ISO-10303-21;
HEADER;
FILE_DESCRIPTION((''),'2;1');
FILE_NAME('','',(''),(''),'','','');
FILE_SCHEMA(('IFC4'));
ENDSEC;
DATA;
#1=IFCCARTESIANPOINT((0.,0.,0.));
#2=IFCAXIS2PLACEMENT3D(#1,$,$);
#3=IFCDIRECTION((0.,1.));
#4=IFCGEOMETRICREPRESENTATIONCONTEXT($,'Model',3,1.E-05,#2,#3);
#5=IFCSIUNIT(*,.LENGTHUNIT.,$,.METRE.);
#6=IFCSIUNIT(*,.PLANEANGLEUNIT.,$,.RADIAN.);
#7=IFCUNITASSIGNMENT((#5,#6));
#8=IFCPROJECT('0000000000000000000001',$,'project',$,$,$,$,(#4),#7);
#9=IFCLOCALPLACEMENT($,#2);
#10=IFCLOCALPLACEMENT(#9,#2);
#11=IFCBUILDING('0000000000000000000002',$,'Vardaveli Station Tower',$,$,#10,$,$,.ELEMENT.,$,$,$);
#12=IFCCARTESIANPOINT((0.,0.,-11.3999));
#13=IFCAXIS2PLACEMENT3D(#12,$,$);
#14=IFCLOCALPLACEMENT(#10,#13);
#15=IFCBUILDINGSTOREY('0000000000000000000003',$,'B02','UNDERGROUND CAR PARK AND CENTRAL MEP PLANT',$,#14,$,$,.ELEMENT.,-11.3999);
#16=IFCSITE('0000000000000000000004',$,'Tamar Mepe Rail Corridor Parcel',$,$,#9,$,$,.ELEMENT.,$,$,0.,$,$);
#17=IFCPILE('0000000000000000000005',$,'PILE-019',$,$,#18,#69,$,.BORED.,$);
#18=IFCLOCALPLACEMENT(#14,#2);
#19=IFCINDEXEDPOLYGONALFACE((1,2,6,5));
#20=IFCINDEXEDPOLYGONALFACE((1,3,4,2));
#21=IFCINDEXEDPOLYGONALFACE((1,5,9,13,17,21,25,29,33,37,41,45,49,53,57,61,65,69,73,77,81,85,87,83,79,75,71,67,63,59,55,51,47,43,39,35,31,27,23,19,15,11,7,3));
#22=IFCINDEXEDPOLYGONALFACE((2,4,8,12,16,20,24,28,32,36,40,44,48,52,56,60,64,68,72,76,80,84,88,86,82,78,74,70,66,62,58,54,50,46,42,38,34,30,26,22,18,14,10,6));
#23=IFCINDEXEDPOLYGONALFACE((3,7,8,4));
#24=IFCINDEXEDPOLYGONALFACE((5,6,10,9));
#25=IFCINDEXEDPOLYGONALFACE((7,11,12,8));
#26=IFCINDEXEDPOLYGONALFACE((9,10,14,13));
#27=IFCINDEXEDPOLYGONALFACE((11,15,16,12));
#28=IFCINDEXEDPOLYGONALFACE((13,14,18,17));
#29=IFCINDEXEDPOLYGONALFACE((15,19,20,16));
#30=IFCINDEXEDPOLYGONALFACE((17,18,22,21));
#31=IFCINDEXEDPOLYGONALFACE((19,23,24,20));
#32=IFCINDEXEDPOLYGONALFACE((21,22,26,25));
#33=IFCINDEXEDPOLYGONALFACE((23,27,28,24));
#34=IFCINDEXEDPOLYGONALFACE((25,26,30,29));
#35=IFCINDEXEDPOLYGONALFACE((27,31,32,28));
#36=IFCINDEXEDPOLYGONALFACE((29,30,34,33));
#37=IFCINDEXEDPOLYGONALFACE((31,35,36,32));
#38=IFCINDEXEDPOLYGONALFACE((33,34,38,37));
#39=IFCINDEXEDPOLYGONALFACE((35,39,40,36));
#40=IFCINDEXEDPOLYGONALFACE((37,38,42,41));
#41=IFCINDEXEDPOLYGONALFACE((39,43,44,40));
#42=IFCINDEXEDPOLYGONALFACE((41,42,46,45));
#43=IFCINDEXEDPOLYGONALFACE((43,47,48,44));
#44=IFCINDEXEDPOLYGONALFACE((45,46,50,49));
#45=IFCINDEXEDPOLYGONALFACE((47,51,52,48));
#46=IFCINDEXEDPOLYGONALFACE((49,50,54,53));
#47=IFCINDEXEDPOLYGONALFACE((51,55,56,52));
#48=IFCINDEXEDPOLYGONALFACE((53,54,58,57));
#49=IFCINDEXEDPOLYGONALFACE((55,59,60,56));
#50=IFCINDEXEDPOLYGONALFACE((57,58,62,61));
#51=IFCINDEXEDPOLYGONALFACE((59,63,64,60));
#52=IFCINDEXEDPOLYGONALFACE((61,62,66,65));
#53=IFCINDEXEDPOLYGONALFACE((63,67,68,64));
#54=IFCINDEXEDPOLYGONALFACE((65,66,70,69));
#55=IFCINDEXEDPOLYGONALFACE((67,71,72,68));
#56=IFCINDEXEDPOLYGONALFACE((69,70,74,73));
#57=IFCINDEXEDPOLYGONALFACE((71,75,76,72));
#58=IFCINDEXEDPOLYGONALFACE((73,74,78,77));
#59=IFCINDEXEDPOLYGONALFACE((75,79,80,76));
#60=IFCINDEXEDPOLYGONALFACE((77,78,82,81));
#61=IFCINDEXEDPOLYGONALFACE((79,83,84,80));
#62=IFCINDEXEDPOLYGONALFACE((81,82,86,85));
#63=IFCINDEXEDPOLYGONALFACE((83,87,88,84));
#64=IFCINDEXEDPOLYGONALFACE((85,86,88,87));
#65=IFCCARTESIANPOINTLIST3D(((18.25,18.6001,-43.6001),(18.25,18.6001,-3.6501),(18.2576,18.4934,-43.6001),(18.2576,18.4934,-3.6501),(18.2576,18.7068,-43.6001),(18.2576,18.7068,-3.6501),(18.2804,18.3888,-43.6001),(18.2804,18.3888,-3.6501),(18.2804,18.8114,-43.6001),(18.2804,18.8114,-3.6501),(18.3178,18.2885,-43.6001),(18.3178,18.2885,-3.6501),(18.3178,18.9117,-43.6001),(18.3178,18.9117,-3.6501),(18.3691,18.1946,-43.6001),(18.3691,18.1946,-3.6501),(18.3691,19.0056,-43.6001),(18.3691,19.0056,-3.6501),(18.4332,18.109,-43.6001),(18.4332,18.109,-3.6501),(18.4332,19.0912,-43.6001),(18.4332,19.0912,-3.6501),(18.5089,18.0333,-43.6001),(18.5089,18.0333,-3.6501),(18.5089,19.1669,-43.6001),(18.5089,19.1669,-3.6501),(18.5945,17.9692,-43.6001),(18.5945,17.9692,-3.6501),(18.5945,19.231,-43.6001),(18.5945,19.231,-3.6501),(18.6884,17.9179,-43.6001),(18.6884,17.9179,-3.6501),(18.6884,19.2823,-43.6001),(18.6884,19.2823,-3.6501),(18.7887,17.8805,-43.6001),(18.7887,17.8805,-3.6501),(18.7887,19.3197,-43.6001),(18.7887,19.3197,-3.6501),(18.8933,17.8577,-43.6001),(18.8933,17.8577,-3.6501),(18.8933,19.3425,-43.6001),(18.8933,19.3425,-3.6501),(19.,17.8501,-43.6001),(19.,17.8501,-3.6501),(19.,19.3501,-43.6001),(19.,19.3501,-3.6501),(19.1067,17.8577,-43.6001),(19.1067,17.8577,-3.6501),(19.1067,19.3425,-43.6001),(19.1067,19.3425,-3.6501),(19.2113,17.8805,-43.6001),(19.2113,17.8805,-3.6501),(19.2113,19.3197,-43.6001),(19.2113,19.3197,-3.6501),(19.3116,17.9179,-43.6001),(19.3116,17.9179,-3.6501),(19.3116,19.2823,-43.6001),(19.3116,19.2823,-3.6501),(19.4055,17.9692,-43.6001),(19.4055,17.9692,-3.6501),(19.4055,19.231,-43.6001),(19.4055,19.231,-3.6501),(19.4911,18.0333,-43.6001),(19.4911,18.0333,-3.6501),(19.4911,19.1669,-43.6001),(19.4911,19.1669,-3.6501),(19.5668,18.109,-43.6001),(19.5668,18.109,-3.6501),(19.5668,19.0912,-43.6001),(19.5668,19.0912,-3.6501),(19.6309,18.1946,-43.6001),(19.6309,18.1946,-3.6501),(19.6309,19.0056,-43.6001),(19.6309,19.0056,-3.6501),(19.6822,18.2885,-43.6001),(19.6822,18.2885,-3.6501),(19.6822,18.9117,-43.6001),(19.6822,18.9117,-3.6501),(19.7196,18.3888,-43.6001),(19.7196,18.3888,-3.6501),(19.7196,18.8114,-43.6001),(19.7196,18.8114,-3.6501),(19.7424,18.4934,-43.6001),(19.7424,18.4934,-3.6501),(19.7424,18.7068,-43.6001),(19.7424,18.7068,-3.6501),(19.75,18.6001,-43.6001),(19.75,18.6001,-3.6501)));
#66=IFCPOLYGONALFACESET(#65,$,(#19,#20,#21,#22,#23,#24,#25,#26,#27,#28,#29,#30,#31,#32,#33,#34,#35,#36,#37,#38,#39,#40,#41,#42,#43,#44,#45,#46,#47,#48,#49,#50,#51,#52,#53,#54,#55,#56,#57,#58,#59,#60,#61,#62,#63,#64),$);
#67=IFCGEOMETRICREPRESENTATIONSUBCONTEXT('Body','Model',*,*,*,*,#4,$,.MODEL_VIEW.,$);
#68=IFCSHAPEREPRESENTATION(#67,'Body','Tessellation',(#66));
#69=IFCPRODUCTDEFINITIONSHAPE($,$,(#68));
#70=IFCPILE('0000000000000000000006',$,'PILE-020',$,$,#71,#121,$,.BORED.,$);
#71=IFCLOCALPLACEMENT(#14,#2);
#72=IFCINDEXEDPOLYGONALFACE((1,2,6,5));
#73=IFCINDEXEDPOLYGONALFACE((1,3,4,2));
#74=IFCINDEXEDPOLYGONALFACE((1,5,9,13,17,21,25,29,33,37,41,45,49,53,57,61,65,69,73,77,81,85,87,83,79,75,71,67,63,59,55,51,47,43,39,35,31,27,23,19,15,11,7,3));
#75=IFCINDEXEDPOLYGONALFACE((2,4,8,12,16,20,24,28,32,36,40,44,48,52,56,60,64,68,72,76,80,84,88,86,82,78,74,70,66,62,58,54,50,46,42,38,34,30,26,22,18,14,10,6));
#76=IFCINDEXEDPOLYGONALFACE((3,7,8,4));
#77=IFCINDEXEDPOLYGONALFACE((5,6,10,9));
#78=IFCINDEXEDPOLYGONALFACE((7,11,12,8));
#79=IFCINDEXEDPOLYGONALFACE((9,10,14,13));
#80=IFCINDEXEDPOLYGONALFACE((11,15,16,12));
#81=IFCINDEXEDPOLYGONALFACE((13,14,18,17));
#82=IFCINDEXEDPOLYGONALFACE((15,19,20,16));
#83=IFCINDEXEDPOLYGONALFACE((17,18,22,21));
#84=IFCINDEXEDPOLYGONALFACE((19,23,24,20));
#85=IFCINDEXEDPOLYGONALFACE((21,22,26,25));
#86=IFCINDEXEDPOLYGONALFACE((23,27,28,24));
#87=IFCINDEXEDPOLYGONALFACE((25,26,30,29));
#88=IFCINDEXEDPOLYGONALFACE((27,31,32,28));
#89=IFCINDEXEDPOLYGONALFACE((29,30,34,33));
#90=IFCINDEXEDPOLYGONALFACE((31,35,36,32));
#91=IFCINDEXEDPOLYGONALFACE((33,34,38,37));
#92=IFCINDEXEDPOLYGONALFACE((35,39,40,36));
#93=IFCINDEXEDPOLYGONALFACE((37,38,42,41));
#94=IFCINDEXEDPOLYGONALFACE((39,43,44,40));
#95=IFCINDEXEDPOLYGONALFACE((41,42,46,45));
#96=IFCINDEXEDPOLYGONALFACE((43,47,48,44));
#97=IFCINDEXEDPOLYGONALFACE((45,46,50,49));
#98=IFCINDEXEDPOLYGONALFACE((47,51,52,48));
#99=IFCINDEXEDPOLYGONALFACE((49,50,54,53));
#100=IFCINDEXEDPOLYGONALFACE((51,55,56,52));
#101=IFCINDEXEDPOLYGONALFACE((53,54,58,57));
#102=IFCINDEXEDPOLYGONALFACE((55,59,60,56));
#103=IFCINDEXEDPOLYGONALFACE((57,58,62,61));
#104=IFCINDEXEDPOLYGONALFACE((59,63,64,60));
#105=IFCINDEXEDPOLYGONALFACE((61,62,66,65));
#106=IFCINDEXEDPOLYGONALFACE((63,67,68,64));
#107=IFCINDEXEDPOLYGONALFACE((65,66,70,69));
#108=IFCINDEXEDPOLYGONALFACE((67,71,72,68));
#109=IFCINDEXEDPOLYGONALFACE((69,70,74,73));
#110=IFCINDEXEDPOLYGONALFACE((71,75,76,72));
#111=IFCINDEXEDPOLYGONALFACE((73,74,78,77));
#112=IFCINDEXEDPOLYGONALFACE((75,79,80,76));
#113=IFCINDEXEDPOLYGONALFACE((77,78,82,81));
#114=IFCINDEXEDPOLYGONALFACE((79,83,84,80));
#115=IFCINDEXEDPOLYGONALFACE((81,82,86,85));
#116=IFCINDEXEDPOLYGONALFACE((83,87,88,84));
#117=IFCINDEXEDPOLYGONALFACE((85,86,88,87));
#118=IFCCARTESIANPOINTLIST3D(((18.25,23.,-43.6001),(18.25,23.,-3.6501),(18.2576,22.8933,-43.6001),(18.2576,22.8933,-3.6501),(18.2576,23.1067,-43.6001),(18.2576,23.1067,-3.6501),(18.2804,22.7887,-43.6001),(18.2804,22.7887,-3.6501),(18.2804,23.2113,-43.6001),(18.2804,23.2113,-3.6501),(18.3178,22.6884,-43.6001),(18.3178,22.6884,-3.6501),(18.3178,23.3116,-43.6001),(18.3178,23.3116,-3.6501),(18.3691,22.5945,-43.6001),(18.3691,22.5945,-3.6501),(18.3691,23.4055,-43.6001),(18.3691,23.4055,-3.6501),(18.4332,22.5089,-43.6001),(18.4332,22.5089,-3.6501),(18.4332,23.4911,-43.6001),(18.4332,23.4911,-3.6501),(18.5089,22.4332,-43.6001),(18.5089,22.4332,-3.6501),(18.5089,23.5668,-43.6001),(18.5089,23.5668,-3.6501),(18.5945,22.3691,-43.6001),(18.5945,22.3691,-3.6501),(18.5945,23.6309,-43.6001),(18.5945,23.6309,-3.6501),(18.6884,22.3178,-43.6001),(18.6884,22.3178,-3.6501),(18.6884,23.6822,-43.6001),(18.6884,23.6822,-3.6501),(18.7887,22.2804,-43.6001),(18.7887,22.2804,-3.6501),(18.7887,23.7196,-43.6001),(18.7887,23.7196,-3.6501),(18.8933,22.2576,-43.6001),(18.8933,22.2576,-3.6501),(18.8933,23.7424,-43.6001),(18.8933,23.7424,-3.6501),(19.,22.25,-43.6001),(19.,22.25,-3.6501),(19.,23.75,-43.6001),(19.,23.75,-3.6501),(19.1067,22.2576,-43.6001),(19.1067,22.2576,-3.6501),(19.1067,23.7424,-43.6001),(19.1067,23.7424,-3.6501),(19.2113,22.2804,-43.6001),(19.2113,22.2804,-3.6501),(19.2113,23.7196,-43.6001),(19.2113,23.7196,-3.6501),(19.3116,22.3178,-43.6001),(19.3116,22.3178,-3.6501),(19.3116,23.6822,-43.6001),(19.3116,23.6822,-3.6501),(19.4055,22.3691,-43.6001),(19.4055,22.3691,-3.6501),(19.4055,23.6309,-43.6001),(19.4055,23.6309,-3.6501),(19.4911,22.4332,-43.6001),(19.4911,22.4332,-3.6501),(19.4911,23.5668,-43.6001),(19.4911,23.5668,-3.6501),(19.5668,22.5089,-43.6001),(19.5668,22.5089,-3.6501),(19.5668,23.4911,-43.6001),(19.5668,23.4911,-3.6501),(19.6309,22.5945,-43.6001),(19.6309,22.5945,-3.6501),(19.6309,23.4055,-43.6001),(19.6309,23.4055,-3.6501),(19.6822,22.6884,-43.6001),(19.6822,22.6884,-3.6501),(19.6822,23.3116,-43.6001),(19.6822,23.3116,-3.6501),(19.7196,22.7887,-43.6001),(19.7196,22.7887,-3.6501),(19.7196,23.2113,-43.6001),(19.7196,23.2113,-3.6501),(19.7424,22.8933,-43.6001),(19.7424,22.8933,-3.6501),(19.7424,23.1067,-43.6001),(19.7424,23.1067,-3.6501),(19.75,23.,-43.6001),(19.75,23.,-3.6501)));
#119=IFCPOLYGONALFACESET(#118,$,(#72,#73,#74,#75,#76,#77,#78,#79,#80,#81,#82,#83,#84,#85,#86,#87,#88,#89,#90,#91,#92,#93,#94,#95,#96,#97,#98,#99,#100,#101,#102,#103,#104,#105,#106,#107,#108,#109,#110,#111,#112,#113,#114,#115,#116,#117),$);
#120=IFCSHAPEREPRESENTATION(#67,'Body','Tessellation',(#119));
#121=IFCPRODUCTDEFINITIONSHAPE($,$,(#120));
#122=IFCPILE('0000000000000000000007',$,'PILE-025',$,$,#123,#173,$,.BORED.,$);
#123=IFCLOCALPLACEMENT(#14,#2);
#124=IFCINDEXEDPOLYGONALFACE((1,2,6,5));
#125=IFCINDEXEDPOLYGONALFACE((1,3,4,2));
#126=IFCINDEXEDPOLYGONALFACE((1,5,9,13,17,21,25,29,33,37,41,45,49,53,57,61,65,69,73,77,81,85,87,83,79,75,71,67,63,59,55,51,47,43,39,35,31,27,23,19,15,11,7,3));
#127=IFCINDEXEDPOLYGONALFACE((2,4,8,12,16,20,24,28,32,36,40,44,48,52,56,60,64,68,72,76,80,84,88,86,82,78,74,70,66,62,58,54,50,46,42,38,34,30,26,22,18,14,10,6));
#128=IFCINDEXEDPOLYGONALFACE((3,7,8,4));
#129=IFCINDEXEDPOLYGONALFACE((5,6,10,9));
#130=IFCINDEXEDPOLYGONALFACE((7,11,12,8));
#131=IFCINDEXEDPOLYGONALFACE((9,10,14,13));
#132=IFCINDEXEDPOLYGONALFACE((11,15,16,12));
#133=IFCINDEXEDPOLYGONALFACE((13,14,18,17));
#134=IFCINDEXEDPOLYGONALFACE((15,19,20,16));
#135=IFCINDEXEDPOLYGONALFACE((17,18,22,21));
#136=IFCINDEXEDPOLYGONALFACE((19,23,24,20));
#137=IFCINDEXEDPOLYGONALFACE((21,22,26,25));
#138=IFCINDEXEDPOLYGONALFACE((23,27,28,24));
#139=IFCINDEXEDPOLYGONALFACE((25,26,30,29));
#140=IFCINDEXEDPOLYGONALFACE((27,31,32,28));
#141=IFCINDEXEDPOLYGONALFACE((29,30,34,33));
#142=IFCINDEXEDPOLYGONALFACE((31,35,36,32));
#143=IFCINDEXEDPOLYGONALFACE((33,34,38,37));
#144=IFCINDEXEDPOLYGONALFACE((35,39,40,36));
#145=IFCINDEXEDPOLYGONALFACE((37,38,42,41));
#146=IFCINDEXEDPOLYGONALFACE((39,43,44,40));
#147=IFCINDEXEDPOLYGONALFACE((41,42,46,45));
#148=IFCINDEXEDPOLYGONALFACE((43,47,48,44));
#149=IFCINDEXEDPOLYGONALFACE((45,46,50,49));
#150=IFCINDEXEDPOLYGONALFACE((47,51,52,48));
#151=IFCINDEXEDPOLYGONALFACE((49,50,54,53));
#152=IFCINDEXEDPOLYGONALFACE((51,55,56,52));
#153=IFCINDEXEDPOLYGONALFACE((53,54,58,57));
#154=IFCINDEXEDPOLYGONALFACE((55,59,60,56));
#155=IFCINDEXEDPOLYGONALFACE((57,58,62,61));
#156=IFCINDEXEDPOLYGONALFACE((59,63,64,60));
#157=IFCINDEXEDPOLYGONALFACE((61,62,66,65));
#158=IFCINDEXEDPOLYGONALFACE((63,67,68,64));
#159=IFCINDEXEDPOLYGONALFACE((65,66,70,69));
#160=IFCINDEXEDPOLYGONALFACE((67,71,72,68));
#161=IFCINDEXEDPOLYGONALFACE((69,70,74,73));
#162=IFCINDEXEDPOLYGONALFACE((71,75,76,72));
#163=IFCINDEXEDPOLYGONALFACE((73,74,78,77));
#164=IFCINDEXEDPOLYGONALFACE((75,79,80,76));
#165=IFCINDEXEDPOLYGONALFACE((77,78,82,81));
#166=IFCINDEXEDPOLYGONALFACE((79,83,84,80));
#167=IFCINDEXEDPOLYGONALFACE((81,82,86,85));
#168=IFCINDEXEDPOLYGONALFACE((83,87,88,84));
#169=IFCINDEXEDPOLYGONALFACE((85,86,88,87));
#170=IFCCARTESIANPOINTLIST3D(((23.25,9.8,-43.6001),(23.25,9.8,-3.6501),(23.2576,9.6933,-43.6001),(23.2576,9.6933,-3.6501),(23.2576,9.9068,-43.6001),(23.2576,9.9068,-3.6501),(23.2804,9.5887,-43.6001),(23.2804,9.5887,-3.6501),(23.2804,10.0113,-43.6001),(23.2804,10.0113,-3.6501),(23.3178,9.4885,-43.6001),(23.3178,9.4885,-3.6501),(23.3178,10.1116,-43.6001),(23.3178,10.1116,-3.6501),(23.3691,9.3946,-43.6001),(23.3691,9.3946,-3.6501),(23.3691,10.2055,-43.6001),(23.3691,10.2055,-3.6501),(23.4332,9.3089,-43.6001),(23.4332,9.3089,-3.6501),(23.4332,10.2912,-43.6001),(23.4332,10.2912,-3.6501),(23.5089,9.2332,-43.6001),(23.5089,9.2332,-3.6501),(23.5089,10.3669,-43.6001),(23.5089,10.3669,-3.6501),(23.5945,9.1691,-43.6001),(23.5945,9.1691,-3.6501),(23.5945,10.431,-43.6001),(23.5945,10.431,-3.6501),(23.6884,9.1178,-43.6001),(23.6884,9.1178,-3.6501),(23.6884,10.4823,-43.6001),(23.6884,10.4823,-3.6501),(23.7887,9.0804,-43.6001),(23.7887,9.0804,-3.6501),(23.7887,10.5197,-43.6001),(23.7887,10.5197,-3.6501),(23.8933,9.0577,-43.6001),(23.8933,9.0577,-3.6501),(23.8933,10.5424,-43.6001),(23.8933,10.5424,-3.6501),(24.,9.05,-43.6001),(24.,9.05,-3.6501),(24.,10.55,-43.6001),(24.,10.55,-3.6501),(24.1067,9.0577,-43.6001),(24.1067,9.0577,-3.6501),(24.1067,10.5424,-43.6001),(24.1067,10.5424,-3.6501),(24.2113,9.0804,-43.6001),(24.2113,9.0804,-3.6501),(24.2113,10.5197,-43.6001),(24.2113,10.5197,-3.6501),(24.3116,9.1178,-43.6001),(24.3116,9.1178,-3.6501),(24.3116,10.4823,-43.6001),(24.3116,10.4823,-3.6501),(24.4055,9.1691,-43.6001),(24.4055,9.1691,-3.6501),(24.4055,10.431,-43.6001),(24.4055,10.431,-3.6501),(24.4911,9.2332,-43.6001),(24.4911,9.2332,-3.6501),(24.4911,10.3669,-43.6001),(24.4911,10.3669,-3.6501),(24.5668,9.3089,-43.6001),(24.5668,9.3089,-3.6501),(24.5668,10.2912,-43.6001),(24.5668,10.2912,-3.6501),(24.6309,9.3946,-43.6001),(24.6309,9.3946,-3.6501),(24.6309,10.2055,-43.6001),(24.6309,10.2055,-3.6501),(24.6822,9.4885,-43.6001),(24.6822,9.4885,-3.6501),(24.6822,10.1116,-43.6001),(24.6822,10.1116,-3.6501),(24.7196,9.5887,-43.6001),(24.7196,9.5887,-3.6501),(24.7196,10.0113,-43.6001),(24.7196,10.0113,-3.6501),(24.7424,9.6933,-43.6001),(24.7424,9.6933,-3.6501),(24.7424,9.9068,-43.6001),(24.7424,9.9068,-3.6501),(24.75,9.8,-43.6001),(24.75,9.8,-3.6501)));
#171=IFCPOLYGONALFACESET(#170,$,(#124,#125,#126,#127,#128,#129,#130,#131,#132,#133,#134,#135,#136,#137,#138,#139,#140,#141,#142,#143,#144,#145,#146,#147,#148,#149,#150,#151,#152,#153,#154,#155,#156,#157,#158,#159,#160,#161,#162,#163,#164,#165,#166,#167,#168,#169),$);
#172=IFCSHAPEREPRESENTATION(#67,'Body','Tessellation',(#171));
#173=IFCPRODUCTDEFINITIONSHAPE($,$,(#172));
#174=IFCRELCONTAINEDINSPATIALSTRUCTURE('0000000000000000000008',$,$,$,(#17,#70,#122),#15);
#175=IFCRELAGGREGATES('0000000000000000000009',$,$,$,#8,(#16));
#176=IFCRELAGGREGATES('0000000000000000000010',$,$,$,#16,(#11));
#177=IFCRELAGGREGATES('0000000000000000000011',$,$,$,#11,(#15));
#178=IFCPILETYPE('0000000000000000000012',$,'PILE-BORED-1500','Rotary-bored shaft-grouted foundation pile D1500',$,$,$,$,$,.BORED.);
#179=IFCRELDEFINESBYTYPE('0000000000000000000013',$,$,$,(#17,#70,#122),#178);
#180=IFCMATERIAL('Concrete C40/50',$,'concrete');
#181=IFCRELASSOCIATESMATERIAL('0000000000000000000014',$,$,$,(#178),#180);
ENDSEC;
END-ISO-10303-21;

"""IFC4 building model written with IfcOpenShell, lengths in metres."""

from ifc_helpers import new_model, si_unit, direction, frame, origin, origin_2d, place, context, subcontext, project, spatial, circle, extrude, source, transform, mapped, material, material_profile, profile_set, type_object, element, save


model = new_model("IFC4")

# Units and contexts
model_context = context("Model", 3, precision=1e-05, world=origin(), true_north=direction((0.0, 1.0)))
body_context = subcontext(model_context, "Body", "Model", "MODEL_VIEW")
ifc_project = project(units=[si_unit("LENGTHUNIT", "METRE"), si_unit("PLANEANGLEUNIT", "RADIAN")], contexts=[model_context])

# Site, building, storey
site_placement = place(None, origin())
site = spatial("IfcSite", under=ifc_project, at=site_placement, Name="Tamar Mepe Rail Corridor Parcel", CompositionType="ELEMENT", RefElevation=0.0)
building_placement = place(site_placement, origin())
building = spatial("IfcBuilding", under=site, at=building_placement, Name="Vardaveli Station Tower", CompositionType="ELEMENT")
storey_placement = place(building_placement, frame((0.0, 0.0, -11.3999)))
storey = spatial("IfcBuildingStorey", under=building, at=storey_placement, Name="B02", Description="UNDERGROUND CAR PARK AND CENTRAL MEP PLANT", CompositionType="ELEMENT", Elevation=-11.3999)

# Piles
ifc_material_1 = material(Name="Concrete C40/50", Category="concrete")
ifc_material_profile_1 = material_profile(ifc_material_1, circle(Radius=0.75, at=origin_2d()), Name="PILE D1500")
ifc_profile_set_1 = profile_set([ifc_material_profile_1], Name="Concrete C40/50")
pile_type_1 = type_object("IfcPileType", Name="PILE-BORED-1500", Description="Rotary-bored shaft-grouted foundation pile D1500", PredefinedType="BORED", material=ifc_profile_set_1)
shared_shape_1 = source(origin(), body_context, "Body", "SweptSolid", [
    extrude(circle(Radius=0.75, at=origin_2d()), origin(), (0.0, 0.0, 1.0), 39.95),
])
for number, where, z_axis, x_axis, name in (
    (1, (19.0, 18.6001, -3.6501), (0.0, 0.0, -1.0), (1.0, 0.0, 0.0), "PILE-019"),
    (2, (19.0, 23.0, -3.6501), (0.0, 0.0, -1.0), (1.0, 0.0, 0.0), "PILE-020"),
    (3, (24.0, 9.8, -3.6501), (0.0, 0.0, -1.0), (1.0, 0.0, 0.0), "PILE-025"),
):
    element("IfcPile", number, at=place(storey_placement, frame(where, z_axis=z_axis, x_axis=x_axis)), inside=storey, type_object=pile_type_1, Name=name, PredefinedType="BORED", context=body_context, shape_type="MappedRepresentation", body=[
        mapped(shared_shape_1, transform((0.0, 0.0, 0.0), scale=1.0)),
    ])

save(model, "model.ifc")
